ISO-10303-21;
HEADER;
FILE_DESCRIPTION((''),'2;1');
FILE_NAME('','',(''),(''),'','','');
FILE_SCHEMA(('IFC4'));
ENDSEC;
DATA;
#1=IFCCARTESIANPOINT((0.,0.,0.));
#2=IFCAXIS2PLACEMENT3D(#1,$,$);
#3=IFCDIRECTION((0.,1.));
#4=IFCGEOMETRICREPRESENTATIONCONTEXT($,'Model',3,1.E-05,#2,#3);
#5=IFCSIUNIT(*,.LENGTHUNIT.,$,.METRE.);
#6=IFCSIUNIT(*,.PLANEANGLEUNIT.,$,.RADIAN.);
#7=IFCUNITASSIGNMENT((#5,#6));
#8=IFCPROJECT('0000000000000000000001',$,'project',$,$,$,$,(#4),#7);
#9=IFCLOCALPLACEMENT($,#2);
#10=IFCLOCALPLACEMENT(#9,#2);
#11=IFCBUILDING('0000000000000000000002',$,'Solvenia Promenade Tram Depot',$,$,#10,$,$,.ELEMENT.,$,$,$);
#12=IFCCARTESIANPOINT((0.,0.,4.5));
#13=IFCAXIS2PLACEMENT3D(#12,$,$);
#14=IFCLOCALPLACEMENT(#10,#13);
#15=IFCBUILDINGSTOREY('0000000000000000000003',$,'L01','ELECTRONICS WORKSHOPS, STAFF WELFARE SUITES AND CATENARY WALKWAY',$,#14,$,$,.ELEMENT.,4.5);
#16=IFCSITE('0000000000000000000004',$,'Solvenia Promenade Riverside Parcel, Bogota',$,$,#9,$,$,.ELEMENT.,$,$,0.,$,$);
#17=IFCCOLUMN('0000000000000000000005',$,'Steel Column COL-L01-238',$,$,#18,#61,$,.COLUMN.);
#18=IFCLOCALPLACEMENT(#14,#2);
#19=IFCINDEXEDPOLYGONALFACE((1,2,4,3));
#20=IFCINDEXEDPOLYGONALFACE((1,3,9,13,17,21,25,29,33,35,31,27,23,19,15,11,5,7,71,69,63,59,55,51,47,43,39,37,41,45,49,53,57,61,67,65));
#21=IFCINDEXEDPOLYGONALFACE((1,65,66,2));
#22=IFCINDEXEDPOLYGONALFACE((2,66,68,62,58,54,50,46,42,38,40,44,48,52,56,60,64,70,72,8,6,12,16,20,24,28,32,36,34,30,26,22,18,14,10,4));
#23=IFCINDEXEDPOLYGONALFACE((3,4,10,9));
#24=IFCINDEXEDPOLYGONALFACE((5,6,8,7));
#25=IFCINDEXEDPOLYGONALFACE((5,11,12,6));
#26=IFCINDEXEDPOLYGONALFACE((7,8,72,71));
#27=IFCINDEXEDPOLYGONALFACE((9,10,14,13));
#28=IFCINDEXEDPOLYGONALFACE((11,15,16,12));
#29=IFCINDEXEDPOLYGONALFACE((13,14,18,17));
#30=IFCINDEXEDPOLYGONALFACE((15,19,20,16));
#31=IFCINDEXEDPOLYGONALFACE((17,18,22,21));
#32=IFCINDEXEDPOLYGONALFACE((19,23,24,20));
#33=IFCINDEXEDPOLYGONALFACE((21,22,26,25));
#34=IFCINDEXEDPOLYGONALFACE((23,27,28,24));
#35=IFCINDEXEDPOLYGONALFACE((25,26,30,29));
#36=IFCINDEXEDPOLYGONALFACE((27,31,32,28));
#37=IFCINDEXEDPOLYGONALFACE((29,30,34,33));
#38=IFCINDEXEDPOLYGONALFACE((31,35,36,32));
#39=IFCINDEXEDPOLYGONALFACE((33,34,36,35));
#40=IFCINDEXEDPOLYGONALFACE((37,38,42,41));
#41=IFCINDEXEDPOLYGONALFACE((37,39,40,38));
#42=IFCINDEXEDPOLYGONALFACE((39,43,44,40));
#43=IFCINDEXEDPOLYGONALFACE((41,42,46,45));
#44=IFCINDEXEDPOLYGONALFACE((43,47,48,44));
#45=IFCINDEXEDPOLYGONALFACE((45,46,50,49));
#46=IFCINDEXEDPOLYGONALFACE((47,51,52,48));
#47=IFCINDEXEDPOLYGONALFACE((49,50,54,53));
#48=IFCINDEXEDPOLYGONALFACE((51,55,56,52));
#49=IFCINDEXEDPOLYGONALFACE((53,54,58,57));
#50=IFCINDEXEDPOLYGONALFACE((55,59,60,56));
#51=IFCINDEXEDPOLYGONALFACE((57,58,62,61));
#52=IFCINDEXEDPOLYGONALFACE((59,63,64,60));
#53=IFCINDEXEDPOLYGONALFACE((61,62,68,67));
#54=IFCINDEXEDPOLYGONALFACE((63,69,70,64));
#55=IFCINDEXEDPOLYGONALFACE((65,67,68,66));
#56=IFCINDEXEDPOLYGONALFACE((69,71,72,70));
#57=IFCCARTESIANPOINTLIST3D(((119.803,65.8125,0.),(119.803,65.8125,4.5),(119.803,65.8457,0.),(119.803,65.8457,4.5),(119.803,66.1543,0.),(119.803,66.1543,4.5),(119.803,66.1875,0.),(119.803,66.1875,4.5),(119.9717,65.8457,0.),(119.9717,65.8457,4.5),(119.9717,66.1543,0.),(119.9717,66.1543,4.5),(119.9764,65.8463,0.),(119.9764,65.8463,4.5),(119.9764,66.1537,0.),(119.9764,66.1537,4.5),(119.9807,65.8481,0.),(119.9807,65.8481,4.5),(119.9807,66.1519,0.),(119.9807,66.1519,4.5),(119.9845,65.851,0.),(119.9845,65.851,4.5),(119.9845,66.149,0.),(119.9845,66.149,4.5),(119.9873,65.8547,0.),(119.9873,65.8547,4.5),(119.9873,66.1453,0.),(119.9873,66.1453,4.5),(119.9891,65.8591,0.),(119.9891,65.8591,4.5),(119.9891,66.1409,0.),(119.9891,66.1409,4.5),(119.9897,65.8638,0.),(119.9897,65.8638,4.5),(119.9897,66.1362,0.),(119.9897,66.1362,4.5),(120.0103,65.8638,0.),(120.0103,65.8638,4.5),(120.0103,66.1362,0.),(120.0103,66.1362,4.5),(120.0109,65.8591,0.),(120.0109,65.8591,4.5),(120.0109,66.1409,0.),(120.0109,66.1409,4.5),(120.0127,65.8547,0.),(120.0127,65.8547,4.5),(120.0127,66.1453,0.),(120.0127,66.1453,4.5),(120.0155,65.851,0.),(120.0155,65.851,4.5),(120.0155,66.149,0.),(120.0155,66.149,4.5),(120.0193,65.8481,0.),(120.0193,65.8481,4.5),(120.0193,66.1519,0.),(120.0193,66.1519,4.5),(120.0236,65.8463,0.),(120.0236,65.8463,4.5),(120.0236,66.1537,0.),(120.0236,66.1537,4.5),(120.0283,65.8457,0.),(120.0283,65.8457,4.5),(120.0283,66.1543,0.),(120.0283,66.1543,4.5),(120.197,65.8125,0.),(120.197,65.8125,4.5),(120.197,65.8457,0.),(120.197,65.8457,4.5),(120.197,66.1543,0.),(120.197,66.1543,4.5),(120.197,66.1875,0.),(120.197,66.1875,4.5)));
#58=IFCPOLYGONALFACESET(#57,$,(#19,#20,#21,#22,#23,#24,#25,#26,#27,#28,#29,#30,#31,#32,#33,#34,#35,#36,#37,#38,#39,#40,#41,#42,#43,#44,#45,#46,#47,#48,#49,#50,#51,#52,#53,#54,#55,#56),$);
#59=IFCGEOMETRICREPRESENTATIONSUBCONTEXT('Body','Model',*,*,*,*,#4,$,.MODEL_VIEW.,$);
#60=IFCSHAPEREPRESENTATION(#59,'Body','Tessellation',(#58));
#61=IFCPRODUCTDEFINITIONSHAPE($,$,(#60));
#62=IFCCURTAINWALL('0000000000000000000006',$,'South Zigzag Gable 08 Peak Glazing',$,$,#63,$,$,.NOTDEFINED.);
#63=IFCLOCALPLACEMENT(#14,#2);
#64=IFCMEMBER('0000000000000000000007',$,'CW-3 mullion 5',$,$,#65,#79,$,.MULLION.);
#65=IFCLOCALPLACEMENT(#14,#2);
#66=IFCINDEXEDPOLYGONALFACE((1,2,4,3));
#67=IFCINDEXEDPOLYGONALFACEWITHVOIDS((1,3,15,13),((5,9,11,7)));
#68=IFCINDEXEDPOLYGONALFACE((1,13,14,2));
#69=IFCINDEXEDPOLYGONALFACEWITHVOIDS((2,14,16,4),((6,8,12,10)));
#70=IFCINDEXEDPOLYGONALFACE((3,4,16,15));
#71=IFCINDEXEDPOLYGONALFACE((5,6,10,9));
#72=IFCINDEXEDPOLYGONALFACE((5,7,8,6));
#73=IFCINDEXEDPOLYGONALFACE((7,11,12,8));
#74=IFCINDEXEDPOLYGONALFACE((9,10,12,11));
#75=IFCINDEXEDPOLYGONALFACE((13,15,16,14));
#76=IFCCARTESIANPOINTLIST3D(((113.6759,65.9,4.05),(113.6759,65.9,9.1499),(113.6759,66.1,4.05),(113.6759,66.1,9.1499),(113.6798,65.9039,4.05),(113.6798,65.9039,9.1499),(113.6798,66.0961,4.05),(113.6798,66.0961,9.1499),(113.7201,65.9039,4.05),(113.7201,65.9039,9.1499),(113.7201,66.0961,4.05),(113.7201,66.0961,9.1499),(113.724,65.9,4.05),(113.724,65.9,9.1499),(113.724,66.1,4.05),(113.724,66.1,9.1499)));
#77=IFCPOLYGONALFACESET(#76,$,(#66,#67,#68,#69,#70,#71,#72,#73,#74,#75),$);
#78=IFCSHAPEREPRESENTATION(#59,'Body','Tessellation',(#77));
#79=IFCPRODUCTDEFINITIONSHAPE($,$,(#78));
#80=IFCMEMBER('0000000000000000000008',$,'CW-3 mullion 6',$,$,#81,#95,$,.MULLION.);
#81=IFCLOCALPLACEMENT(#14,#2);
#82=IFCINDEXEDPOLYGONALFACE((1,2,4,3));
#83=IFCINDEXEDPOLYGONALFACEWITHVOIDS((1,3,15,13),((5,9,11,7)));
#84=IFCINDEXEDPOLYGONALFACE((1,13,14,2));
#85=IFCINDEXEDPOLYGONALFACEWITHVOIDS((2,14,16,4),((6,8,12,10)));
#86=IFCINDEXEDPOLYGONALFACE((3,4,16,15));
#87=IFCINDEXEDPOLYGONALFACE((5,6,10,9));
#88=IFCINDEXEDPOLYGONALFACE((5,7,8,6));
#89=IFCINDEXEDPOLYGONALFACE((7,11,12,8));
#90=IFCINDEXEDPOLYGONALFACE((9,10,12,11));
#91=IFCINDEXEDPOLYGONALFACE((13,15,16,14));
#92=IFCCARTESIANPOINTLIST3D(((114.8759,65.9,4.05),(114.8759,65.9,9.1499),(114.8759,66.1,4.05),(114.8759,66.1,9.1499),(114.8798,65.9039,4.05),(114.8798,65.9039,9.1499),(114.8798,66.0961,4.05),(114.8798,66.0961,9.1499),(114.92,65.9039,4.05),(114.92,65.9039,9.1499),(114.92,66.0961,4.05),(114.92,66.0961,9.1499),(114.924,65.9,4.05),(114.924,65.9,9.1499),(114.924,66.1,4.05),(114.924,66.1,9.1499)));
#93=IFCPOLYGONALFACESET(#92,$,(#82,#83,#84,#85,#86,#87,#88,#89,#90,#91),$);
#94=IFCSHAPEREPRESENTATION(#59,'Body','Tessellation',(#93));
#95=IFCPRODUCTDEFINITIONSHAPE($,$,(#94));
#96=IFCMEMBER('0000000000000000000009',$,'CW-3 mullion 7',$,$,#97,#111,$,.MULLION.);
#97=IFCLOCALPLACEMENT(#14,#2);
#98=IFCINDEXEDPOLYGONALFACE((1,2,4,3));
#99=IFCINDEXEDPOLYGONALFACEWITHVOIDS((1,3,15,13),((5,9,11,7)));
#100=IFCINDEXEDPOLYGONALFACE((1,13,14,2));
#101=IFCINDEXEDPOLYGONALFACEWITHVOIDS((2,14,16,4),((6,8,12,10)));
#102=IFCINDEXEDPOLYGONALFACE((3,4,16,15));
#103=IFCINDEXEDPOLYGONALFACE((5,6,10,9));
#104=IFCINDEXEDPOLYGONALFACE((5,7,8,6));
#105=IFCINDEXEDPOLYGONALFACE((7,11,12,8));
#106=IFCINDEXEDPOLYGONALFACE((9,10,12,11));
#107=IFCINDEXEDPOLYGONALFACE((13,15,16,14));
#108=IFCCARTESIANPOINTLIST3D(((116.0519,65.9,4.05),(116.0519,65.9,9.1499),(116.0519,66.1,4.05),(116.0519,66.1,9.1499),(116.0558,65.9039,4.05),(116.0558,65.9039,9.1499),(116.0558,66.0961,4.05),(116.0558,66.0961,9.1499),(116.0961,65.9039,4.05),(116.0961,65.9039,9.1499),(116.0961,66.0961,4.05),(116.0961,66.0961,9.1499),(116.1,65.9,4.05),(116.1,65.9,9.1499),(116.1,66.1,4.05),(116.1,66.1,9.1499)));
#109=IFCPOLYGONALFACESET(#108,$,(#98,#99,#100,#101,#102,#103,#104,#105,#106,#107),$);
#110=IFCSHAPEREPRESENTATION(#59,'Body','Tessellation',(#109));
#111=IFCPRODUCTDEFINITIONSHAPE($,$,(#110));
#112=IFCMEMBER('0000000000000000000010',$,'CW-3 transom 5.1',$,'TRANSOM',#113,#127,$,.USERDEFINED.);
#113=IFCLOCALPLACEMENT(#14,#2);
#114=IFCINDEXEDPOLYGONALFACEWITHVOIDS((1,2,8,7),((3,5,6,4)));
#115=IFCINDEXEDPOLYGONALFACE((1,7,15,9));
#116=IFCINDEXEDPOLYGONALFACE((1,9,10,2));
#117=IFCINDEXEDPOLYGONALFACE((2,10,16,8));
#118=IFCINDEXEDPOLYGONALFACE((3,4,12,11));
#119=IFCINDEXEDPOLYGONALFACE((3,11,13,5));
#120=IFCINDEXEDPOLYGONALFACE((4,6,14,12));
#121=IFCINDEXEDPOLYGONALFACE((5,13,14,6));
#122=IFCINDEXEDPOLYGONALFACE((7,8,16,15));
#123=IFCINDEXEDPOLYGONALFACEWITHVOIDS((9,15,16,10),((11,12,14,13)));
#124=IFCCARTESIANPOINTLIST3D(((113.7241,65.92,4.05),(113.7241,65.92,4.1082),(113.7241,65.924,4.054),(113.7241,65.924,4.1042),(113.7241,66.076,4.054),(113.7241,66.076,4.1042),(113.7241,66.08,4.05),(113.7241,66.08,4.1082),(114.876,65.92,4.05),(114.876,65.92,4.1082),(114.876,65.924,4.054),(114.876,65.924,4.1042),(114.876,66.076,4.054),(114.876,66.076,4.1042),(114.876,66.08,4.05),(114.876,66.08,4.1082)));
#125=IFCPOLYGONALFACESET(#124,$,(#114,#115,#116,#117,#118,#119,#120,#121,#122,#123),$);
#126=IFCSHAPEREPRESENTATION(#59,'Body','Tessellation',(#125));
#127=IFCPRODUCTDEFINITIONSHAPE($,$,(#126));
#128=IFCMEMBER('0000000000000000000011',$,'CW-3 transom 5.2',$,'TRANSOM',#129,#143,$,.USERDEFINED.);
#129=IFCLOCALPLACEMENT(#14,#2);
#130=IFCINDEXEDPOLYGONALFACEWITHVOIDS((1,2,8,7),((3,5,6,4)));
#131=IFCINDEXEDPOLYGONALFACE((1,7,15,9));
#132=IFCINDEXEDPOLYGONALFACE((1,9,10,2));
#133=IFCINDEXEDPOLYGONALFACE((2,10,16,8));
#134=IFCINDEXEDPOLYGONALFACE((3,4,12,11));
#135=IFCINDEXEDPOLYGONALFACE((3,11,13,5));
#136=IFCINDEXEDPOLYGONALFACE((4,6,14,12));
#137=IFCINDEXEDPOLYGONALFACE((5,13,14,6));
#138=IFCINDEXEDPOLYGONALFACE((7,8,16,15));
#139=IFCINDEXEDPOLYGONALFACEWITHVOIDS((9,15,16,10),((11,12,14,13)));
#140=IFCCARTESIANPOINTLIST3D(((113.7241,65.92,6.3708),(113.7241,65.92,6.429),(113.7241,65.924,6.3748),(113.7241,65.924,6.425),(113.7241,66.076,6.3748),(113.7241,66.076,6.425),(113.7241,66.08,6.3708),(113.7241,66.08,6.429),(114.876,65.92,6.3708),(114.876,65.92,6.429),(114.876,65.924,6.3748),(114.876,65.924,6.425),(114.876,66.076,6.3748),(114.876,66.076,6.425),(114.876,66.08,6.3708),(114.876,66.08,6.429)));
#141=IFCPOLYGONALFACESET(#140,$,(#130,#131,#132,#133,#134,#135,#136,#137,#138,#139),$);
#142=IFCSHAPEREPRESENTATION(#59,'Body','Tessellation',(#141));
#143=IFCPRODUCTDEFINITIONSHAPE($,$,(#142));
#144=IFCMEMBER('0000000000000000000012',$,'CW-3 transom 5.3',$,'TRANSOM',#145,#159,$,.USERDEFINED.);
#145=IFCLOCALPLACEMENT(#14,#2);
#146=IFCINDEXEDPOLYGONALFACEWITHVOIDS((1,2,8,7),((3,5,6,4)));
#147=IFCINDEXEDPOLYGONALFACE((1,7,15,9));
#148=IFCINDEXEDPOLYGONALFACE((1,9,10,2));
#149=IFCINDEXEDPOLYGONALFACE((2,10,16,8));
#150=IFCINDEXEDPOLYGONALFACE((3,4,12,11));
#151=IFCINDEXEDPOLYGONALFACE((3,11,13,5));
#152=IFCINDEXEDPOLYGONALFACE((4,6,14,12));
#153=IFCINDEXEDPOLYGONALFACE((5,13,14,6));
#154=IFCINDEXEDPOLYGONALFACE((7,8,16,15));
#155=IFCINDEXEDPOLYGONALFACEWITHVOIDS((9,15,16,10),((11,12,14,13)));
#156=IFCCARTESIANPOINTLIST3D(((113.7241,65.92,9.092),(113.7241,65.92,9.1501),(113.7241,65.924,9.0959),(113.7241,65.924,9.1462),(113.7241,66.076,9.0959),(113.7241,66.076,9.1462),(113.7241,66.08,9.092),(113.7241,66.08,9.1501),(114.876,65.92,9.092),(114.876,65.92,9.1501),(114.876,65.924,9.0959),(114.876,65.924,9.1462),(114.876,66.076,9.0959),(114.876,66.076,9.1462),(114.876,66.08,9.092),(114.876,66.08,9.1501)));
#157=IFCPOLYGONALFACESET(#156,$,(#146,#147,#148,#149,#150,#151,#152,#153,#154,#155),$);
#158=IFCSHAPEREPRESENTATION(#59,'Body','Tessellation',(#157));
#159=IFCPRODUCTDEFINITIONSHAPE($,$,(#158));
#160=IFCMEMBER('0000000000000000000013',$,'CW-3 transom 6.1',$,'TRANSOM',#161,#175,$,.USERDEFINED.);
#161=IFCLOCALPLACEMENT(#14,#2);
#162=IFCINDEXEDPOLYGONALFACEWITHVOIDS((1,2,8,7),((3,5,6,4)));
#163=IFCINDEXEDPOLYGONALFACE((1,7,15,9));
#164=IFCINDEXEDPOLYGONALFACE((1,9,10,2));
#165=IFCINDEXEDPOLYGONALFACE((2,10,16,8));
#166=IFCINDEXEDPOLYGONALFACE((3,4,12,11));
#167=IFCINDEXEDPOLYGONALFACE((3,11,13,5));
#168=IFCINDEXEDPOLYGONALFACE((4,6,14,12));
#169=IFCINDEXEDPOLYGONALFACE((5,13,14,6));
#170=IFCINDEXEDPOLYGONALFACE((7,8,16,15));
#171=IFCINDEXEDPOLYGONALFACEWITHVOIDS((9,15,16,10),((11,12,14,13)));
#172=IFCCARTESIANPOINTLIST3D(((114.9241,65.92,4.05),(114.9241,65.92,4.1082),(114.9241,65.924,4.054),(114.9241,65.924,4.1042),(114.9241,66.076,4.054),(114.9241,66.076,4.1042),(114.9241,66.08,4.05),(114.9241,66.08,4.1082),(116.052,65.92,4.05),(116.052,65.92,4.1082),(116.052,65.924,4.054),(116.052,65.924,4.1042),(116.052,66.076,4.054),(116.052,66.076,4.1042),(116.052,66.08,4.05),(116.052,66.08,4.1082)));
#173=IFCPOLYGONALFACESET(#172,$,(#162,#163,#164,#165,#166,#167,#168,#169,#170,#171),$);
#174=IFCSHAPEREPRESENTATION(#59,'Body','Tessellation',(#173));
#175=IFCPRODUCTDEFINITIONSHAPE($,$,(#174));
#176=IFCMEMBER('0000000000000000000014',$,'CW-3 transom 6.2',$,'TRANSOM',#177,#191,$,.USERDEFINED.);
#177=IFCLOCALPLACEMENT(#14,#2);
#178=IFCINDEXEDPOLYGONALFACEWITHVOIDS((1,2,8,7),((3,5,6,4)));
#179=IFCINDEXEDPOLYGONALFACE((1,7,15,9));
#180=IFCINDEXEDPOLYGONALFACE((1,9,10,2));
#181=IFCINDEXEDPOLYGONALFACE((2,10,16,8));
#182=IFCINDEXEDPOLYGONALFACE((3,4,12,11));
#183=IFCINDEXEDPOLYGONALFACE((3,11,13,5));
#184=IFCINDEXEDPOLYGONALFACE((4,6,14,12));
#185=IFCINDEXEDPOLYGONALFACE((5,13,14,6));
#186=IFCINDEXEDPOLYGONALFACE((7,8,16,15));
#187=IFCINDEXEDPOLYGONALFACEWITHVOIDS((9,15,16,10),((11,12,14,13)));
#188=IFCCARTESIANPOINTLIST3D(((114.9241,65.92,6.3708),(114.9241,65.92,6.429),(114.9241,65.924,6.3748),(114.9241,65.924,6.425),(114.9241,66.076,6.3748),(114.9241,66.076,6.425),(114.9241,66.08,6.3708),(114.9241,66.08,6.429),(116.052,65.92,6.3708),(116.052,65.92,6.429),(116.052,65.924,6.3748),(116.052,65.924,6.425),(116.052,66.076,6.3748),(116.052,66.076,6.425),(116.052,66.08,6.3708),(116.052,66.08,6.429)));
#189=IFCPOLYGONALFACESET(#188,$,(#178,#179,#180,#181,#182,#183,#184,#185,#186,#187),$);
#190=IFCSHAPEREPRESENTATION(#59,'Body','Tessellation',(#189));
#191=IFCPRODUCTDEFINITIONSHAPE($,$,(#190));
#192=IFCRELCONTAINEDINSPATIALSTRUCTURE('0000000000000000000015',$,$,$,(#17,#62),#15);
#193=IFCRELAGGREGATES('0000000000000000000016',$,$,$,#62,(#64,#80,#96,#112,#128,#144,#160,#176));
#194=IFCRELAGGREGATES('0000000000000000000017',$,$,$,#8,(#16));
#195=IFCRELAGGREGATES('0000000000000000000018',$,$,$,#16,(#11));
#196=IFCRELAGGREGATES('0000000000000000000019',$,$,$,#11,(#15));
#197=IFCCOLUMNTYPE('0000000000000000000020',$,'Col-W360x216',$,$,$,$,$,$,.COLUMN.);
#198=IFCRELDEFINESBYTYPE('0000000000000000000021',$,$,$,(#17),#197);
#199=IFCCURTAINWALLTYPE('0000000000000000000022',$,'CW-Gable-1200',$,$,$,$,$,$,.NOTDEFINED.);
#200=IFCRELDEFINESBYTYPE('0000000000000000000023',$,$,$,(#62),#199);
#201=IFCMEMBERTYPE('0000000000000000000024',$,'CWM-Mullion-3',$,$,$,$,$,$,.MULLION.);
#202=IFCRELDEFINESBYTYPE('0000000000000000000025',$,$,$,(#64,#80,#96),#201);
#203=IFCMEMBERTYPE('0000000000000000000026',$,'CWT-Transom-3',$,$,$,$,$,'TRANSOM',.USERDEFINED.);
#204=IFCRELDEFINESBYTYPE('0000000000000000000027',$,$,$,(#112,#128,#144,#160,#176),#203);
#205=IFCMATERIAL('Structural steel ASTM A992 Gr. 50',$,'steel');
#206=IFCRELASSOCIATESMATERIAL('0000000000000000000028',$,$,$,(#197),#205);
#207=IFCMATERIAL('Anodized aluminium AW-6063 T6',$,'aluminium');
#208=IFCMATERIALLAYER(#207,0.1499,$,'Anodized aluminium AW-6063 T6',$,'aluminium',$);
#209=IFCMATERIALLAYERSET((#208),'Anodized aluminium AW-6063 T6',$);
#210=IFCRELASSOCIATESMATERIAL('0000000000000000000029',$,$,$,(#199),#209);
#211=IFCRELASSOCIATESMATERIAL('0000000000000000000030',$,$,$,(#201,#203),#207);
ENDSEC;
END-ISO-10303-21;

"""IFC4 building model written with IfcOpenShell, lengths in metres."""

from ifc_helpers import new_model, si_unit, direction, frame, origin, origin_2d, place, context, subcontext, project, spatial, hollow_rectangle, i_section, extrude, material, layer, layer_set, material_profile, profile_set, type_object, element, aggregate, save


model = new_model("IFC4")

# Units and contexts
model_context = context("Model", 3, precision=1e-05, world=origin(), true_north=direction((0.0, 1.0)))
body_context = subcontext(model_context, "Body", "Model", "MODEL_VIEW")
ifc_project = project(units=[si_unit("LENGTHUNIT", "METRE"), si_unit("PLANEANGLEUNIT", "RADIAN")], contexts=[model_context])

# Site, building, storey
site_placement = place(None, origin())
site = spatial("IfcSite", under=ifc_project, at=site_placement, Name="Solvenia Promenade Riverside Parcel, Bogota", CompositionType="ELEMENT", RefElevation=0.0)
building_placement = place(site_placement, origin())
building = spatial("IfcBuilding", under=site, at=building_placement, Name="Solvenia Promenade Tram Depot", CompositionType="ELEMENT")
storey_placement = place(building_placement, frame((0.0, 0.0, 4.5)))
storey = spatial("IfcBuildingStorey", under=building, at=storey_placement, Name="L01", Description="ELECTRONICS WORKSHOPS, STAFF WELFARE SUITES AND CATENARY WALKWAY", CompositionType="ELEMENT", Elevation=4.5)

# Column
ifc_material_1 = material(Name="Structural steel ASTM A992 Gr. 50", Category="steel")
ifc_material_profile_1 = material_profile(ifc_material_1, i_section(OverallWidth=0.394, OverallDepth=0.375, WebThickness=0.0205, FlangeThickness=0.0332, FilletRadius=0.0181, at=origin_2d()), Name="W360x216", Category="steel")
ifc_profile_set_1 = profile_set([ifc_material_profile_1], Name="Structural steel ASTM A992 Gr. 50")
column_type = type_object("IfcColumnType", Name="Col-W360x216", PredefinedType="COLUMN", material=ifc_profile_set_1)
column_placement = place(storey_placement, frame((120.0, 66.0, 0.0), z_axis=(0.0, 0.0, 1.0), x_axis=(1.0, 0.0, 0.0)))
element("IfcColumn", 1, at=column_placement, inside=storey, type_object=column_type, Name="Steel Column COL-L01-238", PredefinedType="COLUMN", context=body_context, shape_type="SweptSolid", body=[
    extrude(i_section(OverallWidth=0.394, OverallDepth=0.375, WebThickness=0.0205, FlangeThickness=0.0332, FilletRadius=0.0181, at=origin_2d()), origin(), (0.0, 0.0, 1.0), 4.5),
])

# Curtain wall, members
ifc_material_2 = material(Name="Anodized aluminium AW-6063 T6", Category="aluminium")
ifc_layer_1 = layer(ifc_material_2, 0.1499, Name="Anodized aluminium AW-6063 T6", Category="aluminium")
ifc_layer_set_1 = layer_set([ifc_layer_1], Name="Anodized aluminium AW-6063 T6")
curtain_wall_type = type_object("IfcCurtainWallType", Name="CW-Gable-1200", PredefinedType="NOTDEFINED", material=ifc_layer_set_1)
curtain_wall_placement = place(storey_placement, origin())
curtain_wall = element("IfcCurtainWall", 2, at=curtain_wall_placement, inside=storey, type_object=curtain_wall_type, Name="South Zigzag Gable 08 Peak Glazing", PredefinedType="NOTDEFINED")
ifc_material_profile_2 = material_profile(ifc_material_2, hollow_rectangle(XDim=0.2, YDim=0.0481, WallThickness=0.0039, at=origin_2d()), Name="ALU-M3", Category="aluminium")
ifc_profile_set_2 = profile_set([ifc_material_profile_2], Name="Anodized aluminium AW-6063 T6")
member_type_1 = type_object("IfcMemberType", Name="CWM-Mullion-3", PredefinedType="MULLION", material=ifc_profile_set_2)
member_1_placement = place(storey_placement, frame((113.7, 66.0, 4.05), z_axis=(0.0, 0.0, 1.0), x_axis=(0.0, 1.0, 0.0)))
member_1 = element("IfcMember", 3, at=member_1_placement, type_object=member_type_1, Name="CW-3 mullion 5", PredefinedType="MULLION", context=body_context, shape_type="SweptSolid", body=[
    extrude(hollow_rectangle(XDim=0.2, YDim=0.0481, WallThickness=0.0039, at=origin_2d()), origin(), (0.0, 0.0, 1.0), 5.0999),
])
member_2_placement = place(storey_placement, frame((114.8999, 66.0, 4.05), z_axis=(0.0, 0.0, 1.0), x_axis=(0.0, 1.0, 0.0)))
member_2 = element("IfcMember", 4, at=member_2_placement, type_object=member_type_1, Name="CW-3 mullion 6", PredefinedType="MULLION", context=body_context, shape_type="SweptSolid", body=[
    extrude(hollow_rectangle(XDim=0.2, YDim=0.0481, WallThickness=0.0039, at=origin_2d()), origin(), (0.0, 0.0, 1.0), 5.0999),
])
member_3_placement = place(storey_placement, frame((116.0759, 66.0, 4.05), z_axis=(0.0, 0.0, 1.0), x_axis=(0.0, 1.0, 0.0)))
member_3 = element("IfcMember", 5, at=member_3_placement, type_object=member_type_1, Name="CW-3 mullion 7", PredefinedType="MULLION", context=body_context, shape_type="SweptSolid", body=[
    extrude(hollow_rectangle(XDim=0.2, YDim=0.0481, WallThickness=0.0039, at=origin_2d()), origin(), (0.0, 0.0, 1.0), 5.0999),
])
ifc_material_profile_3 = material_profile(ifc_material_2, hollow_rectangle(XDim=0.1599, YDim=0.0581, WallThickness=0.0039, at=origin_2d()), Name="ALU-T3", Category="aluminium")
ifc_profile_set_3 = profile_set([ifc_material_profile_3], Name="Anodized aluminium AW-6063 T6")
member_type_2 = type_object("IfcMemberType", Name="CWT-Transom-3", ElementType="TRANSOM", PredefinedType="USERDEFINED", material=ifc_profile_set_3)
member_4_placement = place(storey_placement, frame((113.7241, 66.0, 4.0791), z_axis=(1.0, 0.0, 0.0), x_axis=(0.0, 1.0, 0.0)))
member_4 = element("IfcMember", 6, at=member_4_placement, type_object=member_type_2, Name="CW-3 transom 5.1", ObjectType="TRANSOM", PredefinedType="USERDEFINED", context=body_context, shape_type="SweptSolid", body=[
    extrude(hollow_rectangle(XDim=0.1599, YDim=0.0581, WallThickness=0.0039, at=origin_2d()), origin(), (0.0, 0.0, 1.0), 1.1519),
])
member_5_placement = place(storey_placement, frame((113.7241, 66.0, 6.3999), z_axis=(1.0, 0.0, 0.0), x_axis=(0.0, 1.0, 0.0)))
member_5 = element("IfcMember", 7, at=member_5_placement, type_object=member_type_2, Name="CW-3 transom 5.2", ObjectType="TRANSOM", PredefinedType="USERDEFINED", context=body_context, shape_type="SweptSolid", body=[
    extrude(hollow_rectangle(XDim=0.1599, YDim=0.0581, WallThickness=0.0039, at=origin_2d()), origin(), (0.0, 0.0, 1.0), 1.1519),
])
member_6_placement = place(storey_placement, frame((113.7241, 66.0, 9.1211), z_axis=(1.0, 0.0, 0.0), x_axis=(0.0, 1.0, 0.0)))
member_6 = element("IfcMember", 8, at=member_6_placement, type_object=member_type_2, Name="CW-3 transom 5.3", ObjectType="TRANSOM", PredefinedType="USERDEFINED", context=body_context, shape_type="SweptSolid", body=[
    extrude(hollow_rectangle(XDim=0.1599, YDim=0.0581, WallThickness=0.0039, at=origin_2d()), origin(), (0.0, 0.0, 1.0), 1.1519),
])
member_7_placement = place(storey_placement, frame((114.9241, 66.0, 4.0791), z_axis=(1.0, 0.0, 0.0), x_axis=(0.0, 1.0, 0.0)))
member_7 = element("IfcMember", 9, at=member_7_placement, type_object=member_type_2, Name="CW-3 transom 6.1", ObjectType="TRANSOM", PredefinedType="USERDEFINED", context=body_context, shape_type="SweptSolid", body=[
    extrude(hollow_rectangle(XDim=0.1599, YDim=0.0581, WallThickness=0.0039, at=origin_2d()), origin(), (0.0, 0.0, 1.0), 1.1279),
])
member_8_placement = place(storey_placement, frame((114.9241, 66.0, 6.3999), z_axis=(1.0, 0.0, 0.0), x_axis=(0.0, 1.0, 0.0)))
member_8 = element("IfcMember", 10, at=member_8_placement, type_object=member_type_2, Name="CW-3 transom 6.2", ObjectType="TRANSOM", PredefinedType="USERDEFINED", context=body_context, shape_type="SweptSolid", body=[
    extrude(hollow_rectangle(XDim=0.1599, YDim=0.0581, WallThickness=0.0039, at=origin_2d()), origin(), (0.0, 0.0, 1.0), 1.1279),
])

aggregate(curtain_wall, [member_1, member_2, member_3, member_4, member_5, member_6, member_7, member_8])

save(model, "model.ifc")
